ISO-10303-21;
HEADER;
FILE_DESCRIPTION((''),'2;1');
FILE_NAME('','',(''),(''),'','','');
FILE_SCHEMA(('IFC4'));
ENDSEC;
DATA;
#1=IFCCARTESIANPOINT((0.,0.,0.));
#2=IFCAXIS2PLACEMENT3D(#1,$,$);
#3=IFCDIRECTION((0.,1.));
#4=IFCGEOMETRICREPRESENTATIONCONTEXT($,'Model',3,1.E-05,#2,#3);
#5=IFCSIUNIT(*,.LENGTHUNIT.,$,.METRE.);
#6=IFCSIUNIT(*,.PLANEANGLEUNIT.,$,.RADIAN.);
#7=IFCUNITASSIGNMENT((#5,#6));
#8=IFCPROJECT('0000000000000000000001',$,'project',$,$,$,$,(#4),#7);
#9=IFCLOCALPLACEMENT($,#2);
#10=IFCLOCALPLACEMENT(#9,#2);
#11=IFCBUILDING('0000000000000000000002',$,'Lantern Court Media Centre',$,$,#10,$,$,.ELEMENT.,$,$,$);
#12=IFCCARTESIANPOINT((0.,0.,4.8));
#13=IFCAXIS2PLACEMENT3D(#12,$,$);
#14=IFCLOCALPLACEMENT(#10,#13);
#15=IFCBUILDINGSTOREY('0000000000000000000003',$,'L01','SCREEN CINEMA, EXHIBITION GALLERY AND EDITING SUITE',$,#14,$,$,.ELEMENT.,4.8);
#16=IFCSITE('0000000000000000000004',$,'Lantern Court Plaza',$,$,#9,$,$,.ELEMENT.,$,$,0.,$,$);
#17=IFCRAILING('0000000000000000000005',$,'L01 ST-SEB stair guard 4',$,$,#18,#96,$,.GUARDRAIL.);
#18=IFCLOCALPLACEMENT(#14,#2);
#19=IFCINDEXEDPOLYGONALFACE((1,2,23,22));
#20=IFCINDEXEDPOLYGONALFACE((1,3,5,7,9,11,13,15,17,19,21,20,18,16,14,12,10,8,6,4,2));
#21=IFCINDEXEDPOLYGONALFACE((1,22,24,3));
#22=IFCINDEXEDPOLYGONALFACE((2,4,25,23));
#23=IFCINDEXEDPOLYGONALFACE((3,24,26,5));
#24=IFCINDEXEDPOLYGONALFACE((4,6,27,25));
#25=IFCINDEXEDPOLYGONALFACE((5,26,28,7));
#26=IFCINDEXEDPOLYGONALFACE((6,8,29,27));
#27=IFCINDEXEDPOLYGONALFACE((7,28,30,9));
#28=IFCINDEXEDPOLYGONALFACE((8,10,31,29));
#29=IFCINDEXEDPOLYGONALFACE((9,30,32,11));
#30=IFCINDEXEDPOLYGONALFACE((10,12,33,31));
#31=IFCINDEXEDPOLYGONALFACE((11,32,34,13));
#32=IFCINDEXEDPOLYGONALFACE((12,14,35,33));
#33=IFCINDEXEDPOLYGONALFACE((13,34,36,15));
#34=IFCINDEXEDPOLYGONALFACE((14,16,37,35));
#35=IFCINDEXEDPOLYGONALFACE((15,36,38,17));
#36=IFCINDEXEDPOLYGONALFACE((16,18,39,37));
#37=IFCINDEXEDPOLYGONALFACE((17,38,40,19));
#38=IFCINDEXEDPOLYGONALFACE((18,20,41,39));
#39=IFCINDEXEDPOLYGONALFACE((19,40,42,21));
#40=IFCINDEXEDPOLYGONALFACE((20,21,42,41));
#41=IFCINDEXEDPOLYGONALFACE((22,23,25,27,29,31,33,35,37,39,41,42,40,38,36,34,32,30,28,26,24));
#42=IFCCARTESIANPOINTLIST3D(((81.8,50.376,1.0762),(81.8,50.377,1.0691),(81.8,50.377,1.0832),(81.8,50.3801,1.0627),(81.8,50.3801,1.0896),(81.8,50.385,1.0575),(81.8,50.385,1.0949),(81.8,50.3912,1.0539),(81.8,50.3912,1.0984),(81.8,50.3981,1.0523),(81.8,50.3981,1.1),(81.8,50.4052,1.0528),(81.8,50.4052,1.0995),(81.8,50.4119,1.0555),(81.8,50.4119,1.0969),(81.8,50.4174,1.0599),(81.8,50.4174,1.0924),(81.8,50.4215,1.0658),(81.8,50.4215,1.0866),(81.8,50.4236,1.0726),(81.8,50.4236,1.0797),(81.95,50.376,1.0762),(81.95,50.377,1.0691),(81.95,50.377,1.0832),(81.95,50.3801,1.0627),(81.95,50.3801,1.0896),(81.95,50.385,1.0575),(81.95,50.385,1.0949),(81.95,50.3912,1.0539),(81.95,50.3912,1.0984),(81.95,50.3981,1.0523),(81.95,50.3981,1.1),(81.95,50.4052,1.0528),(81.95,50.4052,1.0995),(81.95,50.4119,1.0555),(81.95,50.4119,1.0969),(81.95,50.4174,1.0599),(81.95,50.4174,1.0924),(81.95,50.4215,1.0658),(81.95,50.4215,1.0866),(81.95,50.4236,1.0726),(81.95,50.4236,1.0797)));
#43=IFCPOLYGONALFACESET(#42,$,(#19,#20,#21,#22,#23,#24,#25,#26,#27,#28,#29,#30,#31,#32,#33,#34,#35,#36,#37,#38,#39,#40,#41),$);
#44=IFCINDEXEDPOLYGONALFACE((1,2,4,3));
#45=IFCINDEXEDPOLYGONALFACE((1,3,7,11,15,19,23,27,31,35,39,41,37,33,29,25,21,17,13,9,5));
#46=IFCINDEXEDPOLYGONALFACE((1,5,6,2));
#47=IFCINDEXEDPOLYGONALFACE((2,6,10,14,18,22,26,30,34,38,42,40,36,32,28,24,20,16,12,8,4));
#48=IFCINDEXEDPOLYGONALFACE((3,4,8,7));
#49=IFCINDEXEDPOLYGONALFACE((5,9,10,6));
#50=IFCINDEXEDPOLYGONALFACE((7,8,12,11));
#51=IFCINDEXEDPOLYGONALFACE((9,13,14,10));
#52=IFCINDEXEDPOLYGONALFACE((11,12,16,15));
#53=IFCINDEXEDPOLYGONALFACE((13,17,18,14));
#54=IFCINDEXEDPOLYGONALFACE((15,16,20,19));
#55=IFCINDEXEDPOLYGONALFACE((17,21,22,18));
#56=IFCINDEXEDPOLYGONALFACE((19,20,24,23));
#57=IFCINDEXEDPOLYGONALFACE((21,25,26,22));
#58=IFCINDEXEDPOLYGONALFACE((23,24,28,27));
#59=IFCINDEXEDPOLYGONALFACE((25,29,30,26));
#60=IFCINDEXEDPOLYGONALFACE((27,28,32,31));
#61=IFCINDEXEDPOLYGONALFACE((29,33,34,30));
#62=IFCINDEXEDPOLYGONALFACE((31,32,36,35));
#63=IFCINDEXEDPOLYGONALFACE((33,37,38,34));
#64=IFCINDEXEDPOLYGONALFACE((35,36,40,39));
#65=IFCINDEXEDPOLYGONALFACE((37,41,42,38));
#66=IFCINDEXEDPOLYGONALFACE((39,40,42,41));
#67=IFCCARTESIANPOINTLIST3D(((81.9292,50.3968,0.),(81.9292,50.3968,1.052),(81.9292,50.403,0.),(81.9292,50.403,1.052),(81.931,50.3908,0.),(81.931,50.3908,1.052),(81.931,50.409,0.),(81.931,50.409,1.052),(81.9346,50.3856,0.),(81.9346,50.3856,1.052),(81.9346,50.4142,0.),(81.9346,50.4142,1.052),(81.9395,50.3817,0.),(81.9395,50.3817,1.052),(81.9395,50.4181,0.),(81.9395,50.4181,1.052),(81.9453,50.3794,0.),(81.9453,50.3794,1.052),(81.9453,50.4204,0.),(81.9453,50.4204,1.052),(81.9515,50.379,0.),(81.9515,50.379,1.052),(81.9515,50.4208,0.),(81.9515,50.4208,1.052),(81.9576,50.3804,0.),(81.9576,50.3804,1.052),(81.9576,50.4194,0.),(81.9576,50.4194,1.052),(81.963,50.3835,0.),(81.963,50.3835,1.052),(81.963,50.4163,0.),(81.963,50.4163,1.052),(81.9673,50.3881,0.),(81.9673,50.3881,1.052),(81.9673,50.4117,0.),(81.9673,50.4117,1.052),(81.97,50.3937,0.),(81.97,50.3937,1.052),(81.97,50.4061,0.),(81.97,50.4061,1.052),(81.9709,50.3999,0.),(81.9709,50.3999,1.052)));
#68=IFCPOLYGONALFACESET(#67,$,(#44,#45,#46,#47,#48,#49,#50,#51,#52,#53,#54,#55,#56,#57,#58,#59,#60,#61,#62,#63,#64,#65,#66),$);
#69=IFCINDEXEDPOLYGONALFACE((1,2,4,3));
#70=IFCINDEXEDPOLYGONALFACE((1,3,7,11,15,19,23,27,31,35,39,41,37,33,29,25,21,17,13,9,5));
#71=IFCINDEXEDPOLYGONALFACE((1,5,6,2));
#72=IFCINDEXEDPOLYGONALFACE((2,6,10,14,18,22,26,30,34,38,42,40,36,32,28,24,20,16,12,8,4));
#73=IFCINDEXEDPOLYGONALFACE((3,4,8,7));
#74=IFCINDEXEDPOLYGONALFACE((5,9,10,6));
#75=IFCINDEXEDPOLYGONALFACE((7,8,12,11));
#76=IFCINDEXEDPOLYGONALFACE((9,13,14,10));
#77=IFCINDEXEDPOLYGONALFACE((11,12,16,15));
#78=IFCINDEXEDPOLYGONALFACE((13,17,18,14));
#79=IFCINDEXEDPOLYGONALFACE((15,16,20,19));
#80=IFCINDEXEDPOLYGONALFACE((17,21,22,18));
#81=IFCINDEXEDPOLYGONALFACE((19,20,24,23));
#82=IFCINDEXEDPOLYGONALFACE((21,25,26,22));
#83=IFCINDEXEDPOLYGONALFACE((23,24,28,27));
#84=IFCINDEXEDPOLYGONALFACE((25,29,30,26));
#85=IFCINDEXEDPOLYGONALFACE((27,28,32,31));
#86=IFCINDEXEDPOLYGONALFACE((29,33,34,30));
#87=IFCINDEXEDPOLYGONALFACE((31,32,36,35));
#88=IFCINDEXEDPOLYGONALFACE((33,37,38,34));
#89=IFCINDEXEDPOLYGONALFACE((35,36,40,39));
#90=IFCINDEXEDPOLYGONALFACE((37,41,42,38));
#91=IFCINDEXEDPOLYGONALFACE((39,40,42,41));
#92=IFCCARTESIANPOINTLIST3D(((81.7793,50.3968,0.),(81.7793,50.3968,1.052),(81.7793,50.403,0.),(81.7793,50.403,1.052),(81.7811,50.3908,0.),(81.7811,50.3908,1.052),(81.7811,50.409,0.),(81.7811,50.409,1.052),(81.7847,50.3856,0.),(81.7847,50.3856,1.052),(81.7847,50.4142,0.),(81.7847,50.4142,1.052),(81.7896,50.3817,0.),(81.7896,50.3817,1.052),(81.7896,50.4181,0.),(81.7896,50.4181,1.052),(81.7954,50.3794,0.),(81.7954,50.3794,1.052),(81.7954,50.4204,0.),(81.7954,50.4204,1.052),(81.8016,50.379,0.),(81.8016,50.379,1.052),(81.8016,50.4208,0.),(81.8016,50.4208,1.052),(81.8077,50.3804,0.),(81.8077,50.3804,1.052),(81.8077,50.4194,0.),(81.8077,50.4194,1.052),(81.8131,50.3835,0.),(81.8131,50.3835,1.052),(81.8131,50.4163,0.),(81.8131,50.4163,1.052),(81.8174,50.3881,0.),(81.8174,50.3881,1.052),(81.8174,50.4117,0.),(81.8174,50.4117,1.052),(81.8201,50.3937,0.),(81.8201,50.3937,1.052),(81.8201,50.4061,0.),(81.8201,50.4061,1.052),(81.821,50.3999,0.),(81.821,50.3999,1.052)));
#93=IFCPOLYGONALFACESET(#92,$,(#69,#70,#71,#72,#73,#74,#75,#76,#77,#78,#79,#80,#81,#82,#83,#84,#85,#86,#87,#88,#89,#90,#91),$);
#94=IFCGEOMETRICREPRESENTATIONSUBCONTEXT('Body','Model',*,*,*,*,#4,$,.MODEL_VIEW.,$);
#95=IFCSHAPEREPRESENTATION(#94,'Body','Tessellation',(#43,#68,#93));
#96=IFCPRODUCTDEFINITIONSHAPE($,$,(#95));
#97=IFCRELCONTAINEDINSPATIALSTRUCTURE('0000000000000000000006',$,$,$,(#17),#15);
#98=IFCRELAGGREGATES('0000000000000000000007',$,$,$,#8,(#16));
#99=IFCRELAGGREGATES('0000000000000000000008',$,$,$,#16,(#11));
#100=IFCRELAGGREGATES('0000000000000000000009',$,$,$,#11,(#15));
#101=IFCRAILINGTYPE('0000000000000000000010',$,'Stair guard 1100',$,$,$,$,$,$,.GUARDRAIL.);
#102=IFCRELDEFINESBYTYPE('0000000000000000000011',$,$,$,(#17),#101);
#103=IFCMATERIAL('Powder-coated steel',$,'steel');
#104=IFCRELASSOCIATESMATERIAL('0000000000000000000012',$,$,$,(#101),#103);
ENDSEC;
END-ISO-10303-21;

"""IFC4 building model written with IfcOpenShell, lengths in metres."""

from ifc_helpers import new_model, si_unit, direction, frame, origin, origin_2d, place, context, subcontext, project, spatial, circle, extrude, material, type_object, element, save


model = new_model("IFC4")

# Units and contexts
model_context = context("Model", 3, precision=1e-05, world=origin(), true_north=direction((0.0, 1.0)))
body_context = subcontext(model_context, "Body", "Model", "MODEL_VIEW")
ifc_project = project(units=[si_unit("LENGTHUNIT", "METRE"), si_unit("PLANEANGLEUNIT", "RADIAN")], contexts=[model_context])

# Site, building, storey
site_placement = place(None, origin())
site = spatial("IfcSite", under=ifc_project, at=site_placement, Name="Lantern Court Plaza", CompositionType="ELEMENT", RefElevation=0.0)
building_placement = place(site_placement, origin())
building = spatial("IfcBuilding", under=site, at=building_placement, Name="Lantern Court Media Centre", CompositionType="ELEMENT")
storey_placement = place(building_placement, frame((0.0, 0.0, 4.8)))
storey = spatial("IfcBuildingStorey", under=building, at=storey_placement, Name="L01", Description="SCREEN CINEMA, EXHIBITION GALLERY AND EDITING SUITE", CompositionType="ELEMENT", Elevation=4.8)

# Railing
ifc_material_1 = material(Name="Powder-coated steel", Category="steel")
railing_type_1 = type_object("IfcRailingType", Name="Stair guard 1100", PredefinedType="GUARDRAIL", material=ifc_material_1)
railing_1_placement = place(storey_placement, frame((81.95, 50.3999, 0.0)))
element("IfcRailing", 1, at=railing_1_placement, inside=storey, type_object=railing_type_1, Name="L01 ST-SEB stair guard 4", PredefinedType="GUARDRAIL", context=body_context, shape_type="SweptSolid", body=[
    extrude(circle(Radius=0.0239, at=origin_2d()), frame((0.0, 0.0, 1.0762), z_axis=(-1.0, 0.0, 0.0), x_axis=(0.0, -1.0, 0.0)), (0.0, 0.0, 1.0), 0.1499),
    extrude(circle(Radius=0.021, at=origin_2d()), origin(), (0.0, 0.0, 1.0), 1.052),
    extrude(circle(Radius=0.021, at=origin_2d()), frame((-0.1499, 0.0, 0.0)), (0.0, 0.0, 1.0), 1.052),
])

save(model, "model.ifc")
